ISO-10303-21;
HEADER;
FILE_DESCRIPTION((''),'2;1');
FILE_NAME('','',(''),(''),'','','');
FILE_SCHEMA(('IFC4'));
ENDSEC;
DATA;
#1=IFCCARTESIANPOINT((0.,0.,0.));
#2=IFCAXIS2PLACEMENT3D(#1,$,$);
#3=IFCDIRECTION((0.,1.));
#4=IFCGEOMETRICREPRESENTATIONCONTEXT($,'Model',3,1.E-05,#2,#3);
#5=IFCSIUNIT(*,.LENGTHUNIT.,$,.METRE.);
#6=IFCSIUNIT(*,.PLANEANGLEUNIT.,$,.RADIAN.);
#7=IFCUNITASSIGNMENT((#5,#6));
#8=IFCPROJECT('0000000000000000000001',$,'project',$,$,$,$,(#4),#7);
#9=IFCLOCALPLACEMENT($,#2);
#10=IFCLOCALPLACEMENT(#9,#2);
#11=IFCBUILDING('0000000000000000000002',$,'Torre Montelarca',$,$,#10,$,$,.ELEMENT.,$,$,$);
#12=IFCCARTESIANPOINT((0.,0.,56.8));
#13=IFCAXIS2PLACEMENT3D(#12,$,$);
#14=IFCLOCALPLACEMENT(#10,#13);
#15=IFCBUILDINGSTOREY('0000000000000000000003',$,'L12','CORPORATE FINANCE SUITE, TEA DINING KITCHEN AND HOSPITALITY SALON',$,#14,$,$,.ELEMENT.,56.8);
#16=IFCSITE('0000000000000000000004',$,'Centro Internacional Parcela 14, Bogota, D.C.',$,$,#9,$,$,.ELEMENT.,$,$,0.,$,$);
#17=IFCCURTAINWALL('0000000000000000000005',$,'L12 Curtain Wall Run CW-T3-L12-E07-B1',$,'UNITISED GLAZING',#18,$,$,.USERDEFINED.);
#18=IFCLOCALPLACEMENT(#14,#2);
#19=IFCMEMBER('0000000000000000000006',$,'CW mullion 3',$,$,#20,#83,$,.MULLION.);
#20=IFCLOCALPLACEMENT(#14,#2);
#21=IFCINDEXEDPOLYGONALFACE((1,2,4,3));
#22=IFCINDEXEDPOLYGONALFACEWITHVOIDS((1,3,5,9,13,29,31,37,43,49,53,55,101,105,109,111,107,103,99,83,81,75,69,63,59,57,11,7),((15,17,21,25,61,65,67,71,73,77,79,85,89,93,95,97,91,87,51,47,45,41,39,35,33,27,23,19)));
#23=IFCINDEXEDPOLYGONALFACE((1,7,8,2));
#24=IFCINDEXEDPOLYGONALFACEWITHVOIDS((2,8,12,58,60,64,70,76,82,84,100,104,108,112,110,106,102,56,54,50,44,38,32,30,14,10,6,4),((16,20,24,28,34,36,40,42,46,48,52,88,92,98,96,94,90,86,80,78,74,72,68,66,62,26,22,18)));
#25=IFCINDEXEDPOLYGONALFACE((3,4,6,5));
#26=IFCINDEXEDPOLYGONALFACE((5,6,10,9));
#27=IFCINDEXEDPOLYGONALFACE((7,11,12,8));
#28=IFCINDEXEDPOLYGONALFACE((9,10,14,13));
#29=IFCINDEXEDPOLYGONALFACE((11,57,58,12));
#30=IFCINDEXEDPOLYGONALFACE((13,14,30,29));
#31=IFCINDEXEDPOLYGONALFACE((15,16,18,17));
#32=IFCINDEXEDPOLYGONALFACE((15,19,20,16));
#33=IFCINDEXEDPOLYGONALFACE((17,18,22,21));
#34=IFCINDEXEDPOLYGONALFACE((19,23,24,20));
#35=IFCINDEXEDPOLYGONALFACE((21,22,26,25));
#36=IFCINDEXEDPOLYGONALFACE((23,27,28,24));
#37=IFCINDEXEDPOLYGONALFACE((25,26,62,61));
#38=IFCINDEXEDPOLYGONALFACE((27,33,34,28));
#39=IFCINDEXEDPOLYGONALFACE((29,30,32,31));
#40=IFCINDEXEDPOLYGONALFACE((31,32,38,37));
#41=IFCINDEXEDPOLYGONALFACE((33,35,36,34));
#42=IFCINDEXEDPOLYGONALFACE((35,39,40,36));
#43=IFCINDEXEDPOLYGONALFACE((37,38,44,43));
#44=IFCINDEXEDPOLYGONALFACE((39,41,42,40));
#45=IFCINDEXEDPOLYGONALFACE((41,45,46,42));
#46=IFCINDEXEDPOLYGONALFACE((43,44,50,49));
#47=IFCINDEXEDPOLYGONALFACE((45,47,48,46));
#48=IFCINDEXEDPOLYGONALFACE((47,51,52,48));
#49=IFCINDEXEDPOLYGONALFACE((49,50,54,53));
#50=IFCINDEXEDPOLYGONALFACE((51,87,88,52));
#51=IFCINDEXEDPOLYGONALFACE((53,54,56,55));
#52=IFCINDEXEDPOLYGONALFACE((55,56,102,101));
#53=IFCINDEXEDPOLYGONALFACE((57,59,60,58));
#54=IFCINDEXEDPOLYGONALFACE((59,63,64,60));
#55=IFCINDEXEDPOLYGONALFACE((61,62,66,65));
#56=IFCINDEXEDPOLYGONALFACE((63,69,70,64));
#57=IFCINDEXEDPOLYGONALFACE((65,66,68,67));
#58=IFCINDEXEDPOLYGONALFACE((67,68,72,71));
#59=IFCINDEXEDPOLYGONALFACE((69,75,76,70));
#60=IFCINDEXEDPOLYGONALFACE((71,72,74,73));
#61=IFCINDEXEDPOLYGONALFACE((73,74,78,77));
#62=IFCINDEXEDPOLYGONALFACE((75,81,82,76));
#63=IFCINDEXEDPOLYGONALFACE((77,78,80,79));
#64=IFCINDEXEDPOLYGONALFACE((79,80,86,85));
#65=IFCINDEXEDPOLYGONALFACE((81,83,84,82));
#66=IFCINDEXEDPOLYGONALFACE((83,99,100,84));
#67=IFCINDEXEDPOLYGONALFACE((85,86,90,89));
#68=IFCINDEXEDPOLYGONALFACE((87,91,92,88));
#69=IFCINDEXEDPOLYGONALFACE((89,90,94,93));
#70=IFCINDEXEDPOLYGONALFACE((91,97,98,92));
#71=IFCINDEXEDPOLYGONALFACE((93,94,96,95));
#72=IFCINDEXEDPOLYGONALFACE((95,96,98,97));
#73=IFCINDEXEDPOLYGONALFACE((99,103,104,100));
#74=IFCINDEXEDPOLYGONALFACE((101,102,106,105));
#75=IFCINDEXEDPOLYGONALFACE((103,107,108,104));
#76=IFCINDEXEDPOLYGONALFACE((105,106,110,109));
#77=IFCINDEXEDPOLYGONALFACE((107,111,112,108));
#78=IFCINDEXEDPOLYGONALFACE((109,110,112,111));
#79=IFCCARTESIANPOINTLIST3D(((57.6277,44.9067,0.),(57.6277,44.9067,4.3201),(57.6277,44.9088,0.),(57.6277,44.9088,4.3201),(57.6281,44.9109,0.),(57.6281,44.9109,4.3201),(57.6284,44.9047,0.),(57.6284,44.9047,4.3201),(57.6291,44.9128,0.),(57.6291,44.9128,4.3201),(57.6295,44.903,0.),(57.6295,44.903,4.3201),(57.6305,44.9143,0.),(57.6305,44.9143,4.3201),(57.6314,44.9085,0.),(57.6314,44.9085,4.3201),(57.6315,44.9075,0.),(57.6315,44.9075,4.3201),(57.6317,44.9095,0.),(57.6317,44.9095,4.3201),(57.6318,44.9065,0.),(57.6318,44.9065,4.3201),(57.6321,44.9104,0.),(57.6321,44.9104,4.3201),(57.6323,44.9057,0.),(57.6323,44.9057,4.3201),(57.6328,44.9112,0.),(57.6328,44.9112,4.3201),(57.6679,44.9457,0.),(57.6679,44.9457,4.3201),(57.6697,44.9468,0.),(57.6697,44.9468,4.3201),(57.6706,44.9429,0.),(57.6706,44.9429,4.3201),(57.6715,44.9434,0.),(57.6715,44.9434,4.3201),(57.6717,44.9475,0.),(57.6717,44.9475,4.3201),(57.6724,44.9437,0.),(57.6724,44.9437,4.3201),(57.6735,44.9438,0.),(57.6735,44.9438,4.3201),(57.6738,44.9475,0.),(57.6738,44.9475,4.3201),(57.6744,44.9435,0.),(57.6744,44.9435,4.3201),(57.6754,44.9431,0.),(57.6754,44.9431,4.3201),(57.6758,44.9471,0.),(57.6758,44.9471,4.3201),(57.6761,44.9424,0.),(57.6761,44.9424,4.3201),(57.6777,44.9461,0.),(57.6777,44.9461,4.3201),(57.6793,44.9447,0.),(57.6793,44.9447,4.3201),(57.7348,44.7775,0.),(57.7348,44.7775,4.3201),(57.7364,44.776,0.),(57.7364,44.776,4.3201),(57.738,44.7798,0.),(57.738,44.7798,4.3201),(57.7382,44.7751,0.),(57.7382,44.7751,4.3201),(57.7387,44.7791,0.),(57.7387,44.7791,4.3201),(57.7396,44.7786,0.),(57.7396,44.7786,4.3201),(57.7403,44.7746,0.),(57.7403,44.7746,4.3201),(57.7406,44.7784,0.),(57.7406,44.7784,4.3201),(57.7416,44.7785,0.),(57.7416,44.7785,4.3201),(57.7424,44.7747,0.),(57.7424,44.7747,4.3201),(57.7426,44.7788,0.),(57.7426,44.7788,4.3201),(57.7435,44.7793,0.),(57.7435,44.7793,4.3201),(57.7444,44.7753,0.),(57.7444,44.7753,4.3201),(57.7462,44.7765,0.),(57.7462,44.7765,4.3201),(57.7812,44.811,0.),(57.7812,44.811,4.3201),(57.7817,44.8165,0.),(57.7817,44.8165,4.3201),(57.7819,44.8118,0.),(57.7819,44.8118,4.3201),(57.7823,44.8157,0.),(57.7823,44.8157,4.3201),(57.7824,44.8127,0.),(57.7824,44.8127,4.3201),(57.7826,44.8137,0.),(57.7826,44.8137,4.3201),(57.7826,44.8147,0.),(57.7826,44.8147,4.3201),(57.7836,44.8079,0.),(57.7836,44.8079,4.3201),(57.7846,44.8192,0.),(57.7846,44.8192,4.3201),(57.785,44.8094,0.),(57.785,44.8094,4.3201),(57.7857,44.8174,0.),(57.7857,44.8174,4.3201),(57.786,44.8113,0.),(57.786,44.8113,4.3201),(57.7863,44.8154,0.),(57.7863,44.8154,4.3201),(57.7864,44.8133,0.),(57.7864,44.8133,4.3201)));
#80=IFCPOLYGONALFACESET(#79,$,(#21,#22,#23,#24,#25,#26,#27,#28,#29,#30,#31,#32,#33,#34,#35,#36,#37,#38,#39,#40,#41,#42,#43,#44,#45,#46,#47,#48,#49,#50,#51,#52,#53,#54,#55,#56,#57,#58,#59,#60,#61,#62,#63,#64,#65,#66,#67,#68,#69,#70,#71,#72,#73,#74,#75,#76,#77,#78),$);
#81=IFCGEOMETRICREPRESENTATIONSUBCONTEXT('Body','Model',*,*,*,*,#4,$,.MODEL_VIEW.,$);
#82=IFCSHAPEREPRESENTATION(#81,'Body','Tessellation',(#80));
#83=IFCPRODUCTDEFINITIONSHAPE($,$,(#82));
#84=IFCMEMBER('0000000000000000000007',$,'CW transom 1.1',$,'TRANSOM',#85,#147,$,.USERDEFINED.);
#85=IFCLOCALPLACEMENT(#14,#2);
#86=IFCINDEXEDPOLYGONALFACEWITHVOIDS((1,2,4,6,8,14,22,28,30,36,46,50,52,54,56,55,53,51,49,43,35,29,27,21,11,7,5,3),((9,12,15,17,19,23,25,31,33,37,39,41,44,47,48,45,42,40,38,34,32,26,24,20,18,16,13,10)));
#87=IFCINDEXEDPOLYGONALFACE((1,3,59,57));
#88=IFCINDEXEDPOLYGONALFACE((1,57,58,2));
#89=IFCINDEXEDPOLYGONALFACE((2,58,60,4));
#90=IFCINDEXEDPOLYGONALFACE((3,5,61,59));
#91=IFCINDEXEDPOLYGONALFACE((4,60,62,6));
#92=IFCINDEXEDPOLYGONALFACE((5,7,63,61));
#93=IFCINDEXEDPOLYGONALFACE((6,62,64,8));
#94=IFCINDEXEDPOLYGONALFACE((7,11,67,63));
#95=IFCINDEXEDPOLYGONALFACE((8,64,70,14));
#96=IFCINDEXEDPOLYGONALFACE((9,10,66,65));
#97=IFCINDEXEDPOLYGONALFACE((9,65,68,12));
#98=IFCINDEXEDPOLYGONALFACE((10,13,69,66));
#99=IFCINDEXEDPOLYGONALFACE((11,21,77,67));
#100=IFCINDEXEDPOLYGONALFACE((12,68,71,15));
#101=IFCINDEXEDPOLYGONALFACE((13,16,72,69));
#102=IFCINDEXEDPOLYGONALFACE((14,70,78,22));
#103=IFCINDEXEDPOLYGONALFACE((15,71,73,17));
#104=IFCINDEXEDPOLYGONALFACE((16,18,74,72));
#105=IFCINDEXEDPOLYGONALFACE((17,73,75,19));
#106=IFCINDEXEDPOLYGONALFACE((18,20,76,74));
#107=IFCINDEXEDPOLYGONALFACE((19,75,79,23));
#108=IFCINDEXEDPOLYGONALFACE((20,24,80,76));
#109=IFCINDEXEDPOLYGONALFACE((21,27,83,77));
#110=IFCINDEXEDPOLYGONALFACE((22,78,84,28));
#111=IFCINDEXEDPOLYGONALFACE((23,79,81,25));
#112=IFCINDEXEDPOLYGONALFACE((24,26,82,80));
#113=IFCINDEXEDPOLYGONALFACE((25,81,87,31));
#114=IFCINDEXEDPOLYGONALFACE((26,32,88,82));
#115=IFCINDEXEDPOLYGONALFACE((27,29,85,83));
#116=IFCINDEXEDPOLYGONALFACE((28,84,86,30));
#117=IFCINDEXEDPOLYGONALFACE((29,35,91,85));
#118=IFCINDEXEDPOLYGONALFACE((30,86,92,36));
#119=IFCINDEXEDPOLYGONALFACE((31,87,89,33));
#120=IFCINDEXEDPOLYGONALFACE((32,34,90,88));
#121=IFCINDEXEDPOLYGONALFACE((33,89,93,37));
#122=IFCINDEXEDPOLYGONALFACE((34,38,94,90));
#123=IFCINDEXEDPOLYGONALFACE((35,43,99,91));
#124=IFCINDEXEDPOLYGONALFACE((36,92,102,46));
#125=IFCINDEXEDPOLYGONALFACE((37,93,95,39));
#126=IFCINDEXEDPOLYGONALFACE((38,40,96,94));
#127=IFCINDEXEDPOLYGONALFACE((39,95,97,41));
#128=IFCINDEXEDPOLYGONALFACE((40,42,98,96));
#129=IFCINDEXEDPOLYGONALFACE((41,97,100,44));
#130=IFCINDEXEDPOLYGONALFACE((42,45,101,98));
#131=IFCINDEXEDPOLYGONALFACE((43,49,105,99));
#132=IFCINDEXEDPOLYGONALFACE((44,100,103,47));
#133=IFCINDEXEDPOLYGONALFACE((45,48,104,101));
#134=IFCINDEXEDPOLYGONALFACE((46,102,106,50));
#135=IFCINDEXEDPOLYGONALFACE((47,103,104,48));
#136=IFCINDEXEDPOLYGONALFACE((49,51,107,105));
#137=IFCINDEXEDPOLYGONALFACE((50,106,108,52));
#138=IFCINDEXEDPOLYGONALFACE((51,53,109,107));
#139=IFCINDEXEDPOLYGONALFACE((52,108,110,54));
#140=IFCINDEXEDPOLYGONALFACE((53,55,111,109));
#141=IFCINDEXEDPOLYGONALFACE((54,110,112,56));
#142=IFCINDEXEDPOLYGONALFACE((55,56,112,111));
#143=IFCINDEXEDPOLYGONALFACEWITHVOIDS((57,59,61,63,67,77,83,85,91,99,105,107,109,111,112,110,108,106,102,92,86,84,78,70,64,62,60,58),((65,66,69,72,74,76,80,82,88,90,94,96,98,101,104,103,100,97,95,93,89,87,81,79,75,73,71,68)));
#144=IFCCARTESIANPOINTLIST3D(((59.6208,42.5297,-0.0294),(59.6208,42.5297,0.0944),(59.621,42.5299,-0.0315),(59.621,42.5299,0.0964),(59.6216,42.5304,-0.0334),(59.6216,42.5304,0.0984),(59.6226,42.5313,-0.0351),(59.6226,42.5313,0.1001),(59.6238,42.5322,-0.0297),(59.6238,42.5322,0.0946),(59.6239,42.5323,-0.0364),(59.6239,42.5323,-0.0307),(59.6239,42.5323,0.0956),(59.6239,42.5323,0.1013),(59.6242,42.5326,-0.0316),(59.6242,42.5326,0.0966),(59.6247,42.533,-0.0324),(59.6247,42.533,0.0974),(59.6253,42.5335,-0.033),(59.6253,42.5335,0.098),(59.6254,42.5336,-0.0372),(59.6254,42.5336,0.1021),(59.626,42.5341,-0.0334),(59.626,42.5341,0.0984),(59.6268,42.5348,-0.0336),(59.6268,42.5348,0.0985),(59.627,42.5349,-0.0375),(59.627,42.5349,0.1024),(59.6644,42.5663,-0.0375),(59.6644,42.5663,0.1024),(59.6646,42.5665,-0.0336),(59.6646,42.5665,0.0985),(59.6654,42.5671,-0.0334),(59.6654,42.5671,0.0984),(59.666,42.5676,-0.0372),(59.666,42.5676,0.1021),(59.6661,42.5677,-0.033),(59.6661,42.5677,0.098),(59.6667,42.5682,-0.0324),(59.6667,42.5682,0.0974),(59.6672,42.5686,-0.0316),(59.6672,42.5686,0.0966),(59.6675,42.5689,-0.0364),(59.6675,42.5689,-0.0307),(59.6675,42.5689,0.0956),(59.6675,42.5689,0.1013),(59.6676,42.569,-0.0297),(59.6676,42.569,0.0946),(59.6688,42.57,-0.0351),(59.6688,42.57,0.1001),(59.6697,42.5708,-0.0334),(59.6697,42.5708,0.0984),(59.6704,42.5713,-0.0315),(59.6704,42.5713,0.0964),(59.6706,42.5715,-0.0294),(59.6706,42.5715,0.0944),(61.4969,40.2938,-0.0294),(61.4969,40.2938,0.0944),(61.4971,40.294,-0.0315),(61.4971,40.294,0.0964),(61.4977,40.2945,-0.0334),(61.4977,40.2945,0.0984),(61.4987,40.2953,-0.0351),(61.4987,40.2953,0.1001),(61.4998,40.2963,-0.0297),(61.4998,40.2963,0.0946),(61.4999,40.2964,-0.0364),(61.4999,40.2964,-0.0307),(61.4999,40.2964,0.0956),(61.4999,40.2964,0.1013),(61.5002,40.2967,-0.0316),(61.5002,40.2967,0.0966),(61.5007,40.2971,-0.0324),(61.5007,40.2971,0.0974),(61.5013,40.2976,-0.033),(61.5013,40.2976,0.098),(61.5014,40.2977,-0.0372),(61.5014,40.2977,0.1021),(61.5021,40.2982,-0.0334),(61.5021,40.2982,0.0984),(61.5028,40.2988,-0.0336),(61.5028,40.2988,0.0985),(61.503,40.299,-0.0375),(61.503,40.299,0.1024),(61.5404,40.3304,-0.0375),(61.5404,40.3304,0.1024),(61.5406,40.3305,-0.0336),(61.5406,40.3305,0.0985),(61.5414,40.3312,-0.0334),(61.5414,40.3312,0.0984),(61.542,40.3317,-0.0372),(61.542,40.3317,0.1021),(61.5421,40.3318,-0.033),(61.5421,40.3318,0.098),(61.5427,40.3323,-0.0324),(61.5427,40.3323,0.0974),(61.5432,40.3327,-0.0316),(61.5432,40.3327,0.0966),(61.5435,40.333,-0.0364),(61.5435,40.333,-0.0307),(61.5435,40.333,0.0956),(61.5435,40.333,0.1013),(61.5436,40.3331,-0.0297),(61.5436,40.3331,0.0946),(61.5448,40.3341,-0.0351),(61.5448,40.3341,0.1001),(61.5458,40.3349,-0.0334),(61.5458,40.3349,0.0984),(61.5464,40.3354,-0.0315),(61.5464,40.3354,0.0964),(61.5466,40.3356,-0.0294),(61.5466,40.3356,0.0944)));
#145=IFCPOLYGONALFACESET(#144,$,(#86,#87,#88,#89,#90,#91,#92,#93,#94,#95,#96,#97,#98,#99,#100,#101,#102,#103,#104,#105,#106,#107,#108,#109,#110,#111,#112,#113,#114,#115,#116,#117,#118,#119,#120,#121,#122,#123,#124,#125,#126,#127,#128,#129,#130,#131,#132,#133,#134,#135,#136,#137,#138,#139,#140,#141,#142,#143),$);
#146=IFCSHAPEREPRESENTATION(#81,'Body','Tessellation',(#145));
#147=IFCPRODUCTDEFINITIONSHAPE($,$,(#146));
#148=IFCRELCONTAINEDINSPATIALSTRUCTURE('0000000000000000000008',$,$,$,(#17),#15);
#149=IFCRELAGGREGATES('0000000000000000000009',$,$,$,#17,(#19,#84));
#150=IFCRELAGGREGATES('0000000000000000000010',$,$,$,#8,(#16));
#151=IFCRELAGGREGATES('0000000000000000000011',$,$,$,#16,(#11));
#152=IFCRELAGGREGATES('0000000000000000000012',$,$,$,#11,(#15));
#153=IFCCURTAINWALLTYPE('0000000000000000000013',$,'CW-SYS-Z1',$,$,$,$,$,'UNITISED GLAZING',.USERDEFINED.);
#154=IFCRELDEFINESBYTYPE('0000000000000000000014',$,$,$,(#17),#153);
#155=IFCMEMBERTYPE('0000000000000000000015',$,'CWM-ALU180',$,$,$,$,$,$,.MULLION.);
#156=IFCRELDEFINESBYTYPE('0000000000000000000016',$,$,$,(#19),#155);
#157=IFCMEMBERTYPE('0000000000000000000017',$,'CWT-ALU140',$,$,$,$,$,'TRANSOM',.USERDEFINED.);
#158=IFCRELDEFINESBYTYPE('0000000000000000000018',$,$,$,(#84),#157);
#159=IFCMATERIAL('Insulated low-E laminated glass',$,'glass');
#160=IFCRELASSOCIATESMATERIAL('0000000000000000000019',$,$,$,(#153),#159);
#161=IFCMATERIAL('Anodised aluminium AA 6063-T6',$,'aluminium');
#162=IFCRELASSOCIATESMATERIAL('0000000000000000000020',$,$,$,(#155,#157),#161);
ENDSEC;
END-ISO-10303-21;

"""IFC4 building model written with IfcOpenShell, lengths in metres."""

from ifc_helpers import new_model, si_unit, direction, frame, origin, origin_2d, place, context, subcontext, project, spatial, hollow_rectangle, extrude, source, transform, mapped, material, material_profile, profile_set, type_object, element, aggregate, save


model = new_model("IFC4")

# Units and contexts
model_context = context("Model", 3, precision=1e-05, world=origin(), true_north=direction((0.0, 1.0)))
body_context = subcontext(model_context, "Body", "Model", "MODEL_VIEW")
ifc_project = project(units=[si_unit("LENGTHUNIT", "METRE"), si_unit("PLANEANGLEUNIT", "RADIAN")], contexts=[model_context])

# Site, building, storey
site_placement = place(None, origin())
site = spatial("IfcSite", under=ifc_project, at=site_placement, Name="Centro Internacional Parcela 14, Bogota, D.C.", CompositionType="ELEMENT", RefElevation=0.0)
building_placement = place(site_placement, origin())
building = spatial("IfcBuilding", under=site, at=building_placement, Name="Torre Montelarca", CompositionType="ELEMENT")
storey_placement = place(building_placement, frame((0.0, 0.0, 56.8)))
storey = spatial("IfcBuildingStorey", under=building, at=storey_placement, Name="L12", Description="CORPORATE FINANCE SUITE, TEA DINING KITCHEN AND HOSPITALITY SALON", CompositionType="ELEMENT", Elevation=56.8)

# Curtain wall, members
ifc_material_1 = material(Name="Insulated low-E laminated glass", Category="glass")
curtain_wall_type = type_object("IfcCurtainWallType", Name="CW-SYS-Z1", ElementType="UNITISED GLAZING", PredefinedType="USERDEFINED", material=ifc_material_1)
curtain_wall_1_placement = place(storey_placement, origin())
curtain_wall_1 = element("IfcCurtainWall", 1, at=curtain_wall_1_placement, inside=storey, type_object=curtain_wall_type, Name="L12 Curtain Wall Run CW-T3-L12-E07-B1", ObjectType="UNITISED GLAZING", PredefinedType="USERDEFINED")
ifc_material_2 = material(Name="Anodised aluminium AA 6063-T6", Category="aluminium")
ifc_material_profile_1 = material_profile(ifc_material_2, hollow_rectangle(XDim=0.0649, YDim=0.1799, WallThickness=0.0039, InnerFilletRadius=0.0039, OuterFilletRadius=0.0081, at=origin_2d()), Name="ALU65X180X4", Category="aluminium")
ifc_profile_set_1 = profile_set([ifc_material_profile_1], Name="Anodised aluminium AA 6063-T6")
member_type_1 = type_object("IfcMemberType", Name="CWM-ALU180", PredefinedType="MULLION", material=ifc_profile_set_1)
shared_shape_1 = source(origin(), body_context, "Body", "SweptSolid", [
    extrude(hollow_rectangle(XDim=0.0649, YDim=0.1799, WallThickness=0.0039, InnerFilletRadius=0.0039, OuterFilletRadius=0.0081, at=origin_2d()), origin(), (0.0, 0.0, 1.0), 4.3201),
])
member_1_placement = place(storey_placement, frame((57.707, 44.8611, 0.0), z_axis=(0.0, 0.0, 1.0), x_axis=(-0.766043, -0.64279, 0.0)))
member_1 = element("IfcMember", 2, at=member_1_placement, type_object=member_type_1, Name="CW mullion 3", PredefinedType="MULLION", context=body_context, shape_type="MappedRepresentation", body=[
    mapped(shared_shape_1, transform((0.0, 0.0, 0.0), scale=1.0)),
])
ifc_material_profile_2 = material_profile(ifc_material_2, hollow_rectangle(XDim=0.0649, YDim=0.1399, WallThickness=0.0039, InnerFilletRadius=0.0039, OuterFilletRadius=0.0081, at=origin_2d()), Name="ALU65X140X4", Category="aluminium")
ifc_profile_set_2 = profile_set([ifc_material_profile_2], Name="Anodised aluminium AA 6063-T6")
member_type_2 = type_object("IfcMemberType", Name="CWT-ALU140", ElementType="TRANSOM", PredefinedType="USERDEFINED", material=ifc_profile_set_2)
shared_shape_2 = source(origin(), body_context, "Body", "SweptSolid", [
    extrude(hollow_rectangle(XDim=0.0649, YDim=0.1399, WallThickness=0.0039, InnerFilletRadius=0.0039, OuterFilletRadius=0.0081, at=origin_2d()), origin(), (0.0, 0.0, 1.0), 2.9187),
])
member_2_placement = place(storey_placement, frame((61.5217, 40.3147, 0.0325), z_axis=(-0.642764, 0.766064, 0.0), x_axis=(-0.766064, -0.642764, 0.0)))
member_2 = element("IfcMember", 3, at=member_2_placement, type_object=member_type_2, Name="CW transom 1.1", ObjectType="TRANSOM", PredefinedType="USERDEFINED", context=body_context, shape_type="MappedRepresentation", body=[
    mapped(shared_shape_2, transform((0.0, 0.0, 0.0), scale=1.0)),
])

aggregate(curtain_wall_1, [member_1, member_2])

save(model, "model.ifc")
